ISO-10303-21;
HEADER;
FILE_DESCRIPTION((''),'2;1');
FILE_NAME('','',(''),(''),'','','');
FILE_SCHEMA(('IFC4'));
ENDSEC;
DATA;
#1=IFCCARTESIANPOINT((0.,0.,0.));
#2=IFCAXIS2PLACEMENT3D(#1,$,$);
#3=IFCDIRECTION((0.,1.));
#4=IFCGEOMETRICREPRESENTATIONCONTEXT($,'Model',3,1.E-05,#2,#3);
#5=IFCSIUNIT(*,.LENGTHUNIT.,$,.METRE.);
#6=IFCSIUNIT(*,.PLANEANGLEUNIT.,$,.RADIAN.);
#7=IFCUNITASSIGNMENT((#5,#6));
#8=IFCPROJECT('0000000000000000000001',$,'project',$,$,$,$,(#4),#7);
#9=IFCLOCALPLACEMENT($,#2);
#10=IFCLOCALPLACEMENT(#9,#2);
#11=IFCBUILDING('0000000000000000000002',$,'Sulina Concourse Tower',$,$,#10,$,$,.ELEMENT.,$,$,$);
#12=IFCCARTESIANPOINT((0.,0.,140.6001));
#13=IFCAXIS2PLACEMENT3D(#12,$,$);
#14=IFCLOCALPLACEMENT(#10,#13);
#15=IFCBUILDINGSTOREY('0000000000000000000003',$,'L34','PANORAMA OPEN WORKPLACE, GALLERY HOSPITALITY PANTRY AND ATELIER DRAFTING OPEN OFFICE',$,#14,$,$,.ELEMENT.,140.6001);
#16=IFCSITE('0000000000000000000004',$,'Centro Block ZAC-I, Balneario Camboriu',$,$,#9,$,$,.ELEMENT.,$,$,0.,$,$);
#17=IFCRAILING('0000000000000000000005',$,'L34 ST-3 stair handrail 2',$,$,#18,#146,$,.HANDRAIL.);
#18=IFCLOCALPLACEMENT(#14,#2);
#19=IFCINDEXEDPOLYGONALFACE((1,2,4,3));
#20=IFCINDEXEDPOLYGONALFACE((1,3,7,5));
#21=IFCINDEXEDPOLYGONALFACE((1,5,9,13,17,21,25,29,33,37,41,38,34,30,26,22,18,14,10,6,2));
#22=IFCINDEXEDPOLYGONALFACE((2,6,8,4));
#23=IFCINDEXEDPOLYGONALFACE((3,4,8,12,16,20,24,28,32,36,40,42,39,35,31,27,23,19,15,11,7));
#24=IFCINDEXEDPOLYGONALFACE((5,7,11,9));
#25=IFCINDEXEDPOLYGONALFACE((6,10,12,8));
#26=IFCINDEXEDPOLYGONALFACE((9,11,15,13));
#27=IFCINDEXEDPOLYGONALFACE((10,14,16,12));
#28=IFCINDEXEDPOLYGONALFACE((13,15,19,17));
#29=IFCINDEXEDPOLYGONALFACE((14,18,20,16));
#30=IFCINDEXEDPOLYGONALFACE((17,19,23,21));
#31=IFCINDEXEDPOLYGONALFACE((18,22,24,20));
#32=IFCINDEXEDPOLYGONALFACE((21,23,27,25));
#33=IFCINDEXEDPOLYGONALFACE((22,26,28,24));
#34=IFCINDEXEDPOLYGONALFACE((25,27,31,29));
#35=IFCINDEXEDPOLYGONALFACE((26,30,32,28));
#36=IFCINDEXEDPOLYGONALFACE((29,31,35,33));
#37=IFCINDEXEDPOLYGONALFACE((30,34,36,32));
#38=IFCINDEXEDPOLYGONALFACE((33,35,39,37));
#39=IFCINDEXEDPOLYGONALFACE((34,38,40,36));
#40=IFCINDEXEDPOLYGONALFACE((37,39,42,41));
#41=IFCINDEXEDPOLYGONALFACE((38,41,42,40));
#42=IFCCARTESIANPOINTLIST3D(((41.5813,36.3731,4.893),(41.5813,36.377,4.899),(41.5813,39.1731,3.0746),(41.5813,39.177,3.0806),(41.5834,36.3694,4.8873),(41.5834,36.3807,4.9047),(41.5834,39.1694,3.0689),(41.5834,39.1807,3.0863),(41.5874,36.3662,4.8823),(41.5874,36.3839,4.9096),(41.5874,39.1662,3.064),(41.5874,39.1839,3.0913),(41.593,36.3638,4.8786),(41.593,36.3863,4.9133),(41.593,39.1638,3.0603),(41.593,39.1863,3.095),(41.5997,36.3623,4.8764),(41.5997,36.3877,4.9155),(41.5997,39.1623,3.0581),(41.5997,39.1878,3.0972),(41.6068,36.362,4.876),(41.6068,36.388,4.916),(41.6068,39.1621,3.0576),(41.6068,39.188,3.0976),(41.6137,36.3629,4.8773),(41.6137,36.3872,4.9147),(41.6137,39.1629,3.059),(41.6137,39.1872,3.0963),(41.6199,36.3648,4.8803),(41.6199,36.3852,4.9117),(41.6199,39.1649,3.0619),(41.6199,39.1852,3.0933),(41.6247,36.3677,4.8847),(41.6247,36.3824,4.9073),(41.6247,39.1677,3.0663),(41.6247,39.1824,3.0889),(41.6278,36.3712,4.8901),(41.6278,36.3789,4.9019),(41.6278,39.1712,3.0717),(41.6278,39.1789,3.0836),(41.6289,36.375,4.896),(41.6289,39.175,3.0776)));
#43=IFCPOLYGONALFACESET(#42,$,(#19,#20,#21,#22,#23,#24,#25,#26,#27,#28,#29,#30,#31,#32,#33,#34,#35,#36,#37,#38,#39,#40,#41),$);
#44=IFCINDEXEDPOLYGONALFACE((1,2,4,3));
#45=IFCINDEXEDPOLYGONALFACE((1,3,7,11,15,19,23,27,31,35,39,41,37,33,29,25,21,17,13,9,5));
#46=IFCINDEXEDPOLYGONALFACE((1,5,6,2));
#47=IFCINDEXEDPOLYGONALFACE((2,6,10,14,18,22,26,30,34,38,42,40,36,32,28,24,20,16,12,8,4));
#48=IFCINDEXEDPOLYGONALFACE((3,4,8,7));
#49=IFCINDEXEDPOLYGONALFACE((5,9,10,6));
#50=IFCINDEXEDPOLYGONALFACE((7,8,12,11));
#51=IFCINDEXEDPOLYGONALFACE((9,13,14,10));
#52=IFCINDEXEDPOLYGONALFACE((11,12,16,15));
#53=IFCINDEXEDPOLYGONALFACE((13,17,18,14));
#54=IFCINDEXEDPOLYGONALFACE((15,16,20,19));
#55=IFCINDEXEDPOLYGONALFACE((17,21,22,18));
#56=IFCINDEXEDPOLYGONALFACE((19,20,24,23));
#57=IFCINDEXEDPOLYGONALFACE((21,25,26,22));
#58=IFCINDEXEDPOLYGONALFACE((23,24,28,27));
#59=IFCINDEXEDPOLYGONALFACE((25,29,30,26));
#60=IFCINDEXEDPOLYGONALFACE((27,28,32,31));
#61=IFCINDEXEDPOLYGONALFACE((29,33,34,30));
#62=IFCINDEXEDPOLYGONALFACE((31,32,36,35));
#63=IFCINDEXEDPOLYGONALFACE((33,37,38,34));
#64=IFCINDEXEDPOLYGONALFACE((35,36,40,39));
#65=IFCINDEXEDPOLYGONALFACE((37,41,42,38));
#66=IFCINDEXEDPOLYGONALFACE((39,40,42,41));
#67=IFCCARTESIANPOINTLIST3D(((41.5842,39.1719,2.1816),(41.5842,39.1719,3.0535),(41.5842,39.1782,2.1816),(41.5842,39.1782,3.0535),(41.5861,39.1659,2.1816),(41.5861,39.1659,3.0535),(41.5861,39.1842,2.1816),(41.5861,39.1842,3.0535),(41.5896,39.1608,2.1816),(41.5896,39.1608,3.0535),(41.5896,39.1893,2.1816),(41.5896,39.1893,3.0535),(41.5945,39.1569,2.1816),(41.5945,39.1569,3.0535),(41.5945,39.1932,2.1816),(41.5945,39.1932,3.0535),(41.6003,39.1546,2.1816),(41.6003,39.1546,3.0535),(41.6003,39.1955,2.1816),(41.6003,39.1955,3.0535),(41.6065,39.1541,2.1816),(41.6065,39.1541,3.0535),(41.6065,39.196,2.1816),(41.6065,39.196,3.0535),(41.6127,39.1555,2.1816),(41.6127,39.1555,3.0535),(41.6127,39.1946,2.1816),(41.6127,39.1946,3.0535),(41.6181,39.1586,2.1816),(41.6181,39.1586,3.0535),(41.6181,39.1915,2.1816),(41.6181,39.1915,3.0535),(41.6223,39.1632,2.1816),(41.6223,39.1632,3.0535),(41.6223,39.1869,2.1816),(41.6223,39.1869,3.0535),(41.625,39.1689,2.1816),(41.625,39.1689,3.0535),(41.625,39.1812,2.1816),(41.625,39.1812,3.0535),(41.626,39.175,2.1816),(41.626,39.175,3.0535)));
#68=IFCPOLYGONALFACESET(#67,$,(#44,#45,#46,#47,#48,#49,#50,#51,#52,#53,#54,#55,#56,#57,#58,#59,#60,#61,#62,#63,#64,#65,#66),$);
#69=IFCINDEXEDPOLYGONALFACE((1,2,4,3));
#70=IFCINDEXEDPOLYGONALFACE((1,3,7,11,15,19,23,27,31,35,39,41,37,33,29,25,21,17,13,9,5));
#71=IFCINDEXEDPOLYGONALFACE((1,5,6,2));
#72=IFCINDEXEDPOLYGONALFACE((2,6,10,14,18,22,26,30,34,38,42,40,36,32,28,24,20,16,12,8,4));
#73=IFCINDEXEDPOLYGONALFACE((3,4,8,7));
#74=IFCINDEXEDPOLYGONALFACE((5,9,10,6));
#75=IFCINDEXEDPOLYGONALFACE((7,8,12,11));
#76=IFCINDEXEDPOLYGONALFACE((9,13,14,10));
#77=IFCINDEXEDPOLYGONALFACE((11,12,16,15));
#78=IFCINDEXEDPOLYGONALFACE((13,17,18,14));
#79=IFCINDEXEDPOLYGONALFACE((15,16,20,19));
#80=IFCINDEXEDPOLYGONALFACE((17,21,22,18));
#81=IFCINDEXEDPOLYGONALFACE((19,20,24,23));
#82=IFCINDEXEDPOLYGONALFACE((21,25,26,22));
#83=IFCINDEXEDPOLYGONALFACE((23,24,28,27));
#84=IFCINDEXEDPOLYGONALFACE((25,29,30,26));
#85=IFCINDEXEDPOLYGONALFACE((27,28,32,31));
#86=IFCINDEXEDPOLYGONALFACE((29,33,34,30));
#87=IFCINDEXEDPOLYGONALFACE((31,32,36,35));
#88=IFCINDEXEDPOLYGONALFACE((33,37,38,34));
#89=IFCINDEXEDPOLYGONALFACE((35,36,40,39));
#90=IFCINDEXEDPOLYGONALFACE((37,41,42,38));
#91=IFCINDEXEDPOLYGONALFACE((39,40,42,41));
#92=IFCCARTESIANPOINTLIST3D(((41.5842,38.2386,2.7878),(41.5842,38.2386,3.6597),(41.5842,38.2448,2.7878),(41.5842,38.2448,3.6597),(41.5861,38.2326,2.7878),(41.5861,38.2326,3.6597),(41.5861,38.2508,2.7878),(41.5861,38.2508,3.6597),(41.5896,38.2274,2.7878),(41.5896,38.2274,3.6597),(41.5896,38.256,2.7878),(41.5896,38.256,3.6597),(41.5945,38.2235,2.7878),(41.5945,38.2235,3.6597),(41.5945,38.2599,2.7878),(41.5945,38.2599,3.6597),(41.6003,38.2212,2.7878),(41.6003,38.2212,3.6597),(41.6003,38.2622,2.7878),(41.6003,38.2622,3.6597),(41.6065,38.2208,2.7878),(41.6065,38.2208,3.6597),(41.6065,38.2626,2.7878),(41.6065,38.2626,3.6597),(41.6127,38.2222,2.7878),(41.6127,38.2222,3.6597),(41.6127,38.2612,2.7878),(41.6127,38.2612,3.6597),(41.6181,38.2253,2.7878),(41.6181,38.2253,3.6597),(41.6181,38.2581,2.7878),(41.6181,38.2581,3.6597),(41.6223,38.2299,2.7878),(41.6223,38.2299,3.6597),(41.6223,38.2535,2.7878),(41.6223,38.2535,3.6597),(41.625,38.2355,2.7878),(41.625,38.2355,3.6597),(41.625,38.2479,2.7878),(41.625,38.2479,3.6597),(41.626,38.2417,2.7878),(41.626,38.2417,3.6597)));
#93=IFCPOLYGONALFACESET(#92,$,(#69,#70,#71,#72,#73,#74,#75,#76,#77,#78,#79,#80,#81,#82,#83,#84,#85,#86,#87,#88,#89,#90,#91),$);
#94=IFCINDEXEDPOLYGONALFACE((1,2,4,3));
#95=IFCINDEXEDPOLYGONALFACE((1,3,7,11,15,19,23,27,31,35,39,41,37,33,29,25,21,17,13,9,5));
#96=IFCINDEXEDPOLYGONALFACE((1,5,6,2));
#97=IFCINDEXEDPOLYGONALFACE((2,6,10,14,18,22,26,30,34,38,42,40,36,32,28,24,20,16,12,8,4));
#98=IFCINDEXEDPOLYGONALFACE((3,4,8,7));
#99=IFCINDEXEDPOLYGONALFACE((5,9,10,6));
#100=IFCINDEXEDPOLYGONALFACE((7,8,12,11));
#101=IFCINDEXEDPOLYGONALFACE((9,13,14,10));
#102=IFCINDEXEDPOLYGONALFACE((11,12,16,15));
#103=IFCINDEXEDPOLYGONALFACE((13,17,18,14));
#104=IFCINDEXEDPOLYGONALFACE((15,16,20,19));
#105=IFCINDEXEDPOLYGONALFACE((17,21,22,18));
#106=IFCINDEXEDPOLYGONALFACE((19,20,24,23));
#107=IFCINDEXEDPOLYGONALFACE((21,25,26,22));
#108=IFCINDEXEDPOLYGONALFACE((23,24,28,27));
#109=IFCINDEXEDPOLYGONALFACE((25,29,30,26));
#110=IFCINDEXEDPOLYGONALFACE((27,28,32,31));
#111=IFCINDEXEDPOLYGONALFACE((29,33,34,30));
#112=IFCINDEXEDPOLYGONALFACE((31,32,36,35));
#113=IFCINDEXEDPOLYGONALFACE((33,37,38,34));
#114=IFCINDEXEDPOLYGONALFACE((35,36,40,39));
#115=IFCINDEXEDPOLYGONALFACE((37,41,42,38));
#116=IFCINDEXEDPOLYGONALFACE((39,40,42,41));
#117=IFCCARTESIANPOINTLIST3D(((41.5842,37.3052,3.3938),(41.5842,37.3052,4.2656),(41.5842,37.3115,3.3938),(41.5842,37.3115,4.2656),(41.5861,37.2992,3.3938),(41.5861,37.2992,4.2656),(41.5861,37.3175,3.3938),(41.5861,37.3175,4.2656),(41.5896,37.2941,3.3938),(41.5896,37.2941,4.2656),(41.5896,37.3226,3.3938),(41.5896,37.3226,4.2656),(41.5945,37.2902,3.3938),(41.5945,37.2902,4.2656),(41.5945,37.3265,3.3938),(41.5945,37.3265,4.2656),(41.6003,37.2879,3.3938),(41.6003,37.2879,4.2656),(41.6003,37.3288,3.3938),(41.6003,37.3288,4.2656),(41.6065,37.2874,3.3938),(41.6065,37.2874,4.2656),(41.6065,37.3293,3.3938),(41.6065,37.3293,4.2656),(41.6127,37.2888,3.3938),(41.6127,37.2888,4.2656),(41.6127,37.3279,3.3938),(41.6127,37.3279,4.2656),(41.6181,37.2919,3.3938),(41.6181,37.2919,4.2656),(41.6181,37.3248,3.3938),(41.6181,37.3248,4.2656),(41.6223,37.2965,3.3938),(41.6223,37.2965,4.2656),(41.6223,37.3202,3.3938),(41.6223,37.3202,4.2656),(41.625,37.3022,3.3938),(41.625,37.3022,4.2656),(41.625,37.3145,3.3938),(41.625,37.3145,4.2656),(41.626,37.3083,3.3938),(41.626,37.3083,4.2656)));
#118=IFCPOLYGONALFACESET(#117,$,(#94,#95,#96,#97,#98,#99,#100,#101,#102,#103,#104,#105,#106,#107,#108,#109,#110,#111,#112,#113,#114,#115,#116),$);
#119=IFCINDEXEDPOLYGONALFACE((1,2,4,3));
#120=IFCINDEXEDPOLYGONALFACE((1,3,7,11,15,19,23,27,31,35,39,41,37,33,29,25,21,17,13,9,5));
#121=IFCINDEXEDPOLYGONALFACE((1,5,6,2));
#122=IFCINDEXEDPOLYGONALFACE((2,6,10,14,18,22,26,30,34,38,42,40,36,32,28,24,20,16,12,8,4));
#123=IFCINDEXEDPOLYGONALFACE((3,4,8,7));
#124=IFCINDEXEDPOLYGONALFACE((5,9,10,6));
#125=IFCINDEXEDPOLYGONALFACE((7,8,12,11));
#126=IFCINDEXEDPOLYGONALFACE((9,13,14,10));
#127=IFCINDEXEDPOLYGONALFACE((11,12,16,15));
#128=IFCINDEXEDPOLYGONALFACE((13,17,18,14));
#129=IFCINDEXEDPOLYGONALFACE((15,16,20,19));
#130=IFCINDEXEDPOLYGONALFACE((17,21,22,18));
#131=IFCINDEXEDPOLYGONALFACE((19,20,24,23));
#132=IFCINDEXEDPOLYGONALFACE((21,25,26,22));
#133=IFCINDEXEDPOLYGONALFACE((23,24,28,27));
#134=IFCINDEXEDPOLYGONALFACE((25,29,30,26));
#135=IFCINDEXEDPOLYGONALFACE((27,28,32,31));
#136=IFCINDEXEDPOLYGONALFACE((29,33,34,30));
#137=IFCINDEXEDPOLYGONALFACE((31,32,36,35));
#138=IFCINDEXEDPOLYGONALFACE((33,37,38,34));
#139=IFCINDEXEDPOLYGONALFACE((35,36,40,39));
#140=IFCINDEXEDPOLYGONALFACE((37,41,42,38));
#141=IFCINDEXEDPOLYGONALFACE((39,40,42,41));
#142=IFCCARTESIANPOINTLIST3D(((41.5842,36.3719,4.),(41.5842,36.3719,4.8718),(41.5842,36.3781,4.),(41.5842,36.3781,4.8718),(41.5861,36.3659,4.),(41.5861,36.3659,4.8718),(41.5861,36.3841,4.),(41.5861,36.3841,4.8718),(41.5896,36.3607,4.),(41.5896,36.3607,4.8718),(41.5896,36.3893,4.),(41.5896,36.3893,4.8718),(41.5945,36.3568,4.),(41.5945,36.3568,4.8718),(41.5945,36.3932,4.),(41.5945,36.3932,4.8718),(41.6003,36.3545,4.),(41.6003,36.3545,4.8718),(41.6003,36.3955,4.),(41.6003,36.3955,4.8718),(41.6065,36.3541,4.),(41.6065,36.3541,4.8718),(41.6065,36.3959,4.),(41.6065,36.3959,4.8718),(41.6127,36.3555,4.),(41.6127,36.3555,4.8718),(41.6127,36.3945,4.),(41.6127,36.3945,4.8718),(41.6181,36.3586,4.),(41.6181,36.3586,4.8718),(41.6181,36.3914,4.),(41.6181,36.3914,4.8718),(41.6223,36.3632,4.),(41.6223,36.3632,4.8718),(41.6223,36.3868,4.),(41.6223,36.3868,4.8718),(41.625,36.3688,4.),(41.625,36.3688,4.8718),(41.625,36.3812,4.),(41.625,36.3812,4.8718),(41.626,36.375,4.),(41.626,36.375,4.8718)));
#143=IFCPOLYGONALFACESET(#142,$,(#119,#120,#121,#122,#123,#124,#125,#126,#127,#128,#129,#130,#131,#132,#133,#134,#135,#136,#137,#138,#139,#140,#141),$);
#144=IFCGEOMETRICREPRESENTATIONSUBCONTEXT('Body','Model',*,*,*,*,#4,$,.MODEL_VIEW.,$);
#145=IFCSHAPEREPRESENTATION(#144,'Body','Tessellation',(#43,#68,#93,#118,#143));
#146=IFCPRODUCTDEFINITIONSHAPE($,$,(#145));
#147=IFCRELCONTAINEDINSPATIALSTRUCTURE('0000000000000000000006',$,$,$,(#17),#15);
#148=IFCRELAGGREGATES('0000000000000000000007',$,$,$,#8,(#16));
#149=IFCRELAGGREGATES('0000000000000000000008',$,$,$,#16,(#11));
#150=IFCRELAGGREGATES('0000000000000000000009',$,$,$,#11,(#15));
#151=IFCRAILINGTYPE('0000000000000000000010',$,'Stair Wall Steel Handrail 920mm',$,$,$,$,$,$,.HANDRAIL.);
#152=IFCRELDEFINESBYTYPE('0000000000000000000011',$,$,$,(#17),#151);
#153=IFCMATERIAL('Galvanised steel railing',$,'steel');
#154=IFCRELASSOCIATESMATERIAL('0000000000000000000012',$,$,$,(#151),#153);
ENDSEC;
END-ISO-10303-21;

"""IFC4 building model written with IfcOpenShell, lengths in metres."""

from ifc_helpers import new_model, si_unit, direction, frame, origin, origin_2d, place, context, subcontext, project, spatial, circle, extrude, material, type_object, element, save


model = new_model("IFC4")

# Units and contexts
model_context = context("Model", 3, precision=1e-05, world=origin(), true_north=direction((0.0, 1.0)))
body_context = subcontext(model_context, "Body", "Model", "MODEL_VIEW")
ifc_project = project(units=[si_unit("LENGTHUNIT", "METRE"), si_unit("PLANEANGLEUNIT", "RADIAN")], contexts=[model_context])

# Site, building, storey
site_placement = place(None, origin())
site = spatial("IfcSite", under=ifc_project, at=site_placement, Name="Centro Block ZAC-I, Balneario Camboriu", CompositionType="ELEMENT", RefElevation=0.0)
building_placement = place(site_placement, origin())
building = spatial("IfcBuilding", under=site, at=building_placement, Name="Sulina Concourse Tower", CompositionType="ELEMENT")
storey_placement = place(building_placement, frame((0.0, 0.0, 140.6001)))
storey = spatial("IfcBuildingStorey", under=building, at=storey_placement, Name="L34", Description="PANORAMA OPEN WORKPLACE, GALLERY HOSPITALITY PANTRY AND ATELIER DRAFTING OPEN OFFICE", CompositionType="ELEMENT", Elevation=140.6001)

# Railing
ifc_material_1 = material(Name="Galvanised steel railing", Category="steel")
railing_type_1 = type_object("IfcRailingType", Name="Stair Wall Steel Handrail 920mm", PredefinedType="HANDRAIL", material=ifc_material_1)
railing_1_placement = place(storey_placement, frame((41.605, 39.175, 2.1816)))
element("IfcRailing", 1, at=railing_1_placement, inside=storey, type_object=railing_type_1, Name="L34 ST-3 stair handrail 2", PredefinedType="HANDRAIL", context=body_context, shape_type="SweptSolid", body=[
    extrude(circle(Radius=0.0239, at=origin_2d()), frame((0.0, 0.0, 0.896), z_axis=(0.0, -0.838672, 0.544636), x_axis=(1.0, 0.0, 0.0)), (0.0, 0.0, 1.0), 3.3386),
    extrude(circle(Radius=0.021, at=origin_2d()), origin(), (0.0, 0.0, 1.0), 0.8718),
    extrude(circle(Radius=0.021, at=origin_2d()), frame((0.0, -0.9333, 0.6062)), (0.0, 0.0, 1.0), 0.8718),
    extrude(circle(Radius=0.021, at=origin_2d()), frame((0.0, -1.8667, 1.2122)), (0.0, 0.0, 1.0), 0.8718),
    extrude(circle(Radius=0.021, at=origin_2d()), frame((0.0, -2.8, 1.8184)), (0.0, 0.0, 1.0), 0.8718),
])

save(model, "model.ifc")
